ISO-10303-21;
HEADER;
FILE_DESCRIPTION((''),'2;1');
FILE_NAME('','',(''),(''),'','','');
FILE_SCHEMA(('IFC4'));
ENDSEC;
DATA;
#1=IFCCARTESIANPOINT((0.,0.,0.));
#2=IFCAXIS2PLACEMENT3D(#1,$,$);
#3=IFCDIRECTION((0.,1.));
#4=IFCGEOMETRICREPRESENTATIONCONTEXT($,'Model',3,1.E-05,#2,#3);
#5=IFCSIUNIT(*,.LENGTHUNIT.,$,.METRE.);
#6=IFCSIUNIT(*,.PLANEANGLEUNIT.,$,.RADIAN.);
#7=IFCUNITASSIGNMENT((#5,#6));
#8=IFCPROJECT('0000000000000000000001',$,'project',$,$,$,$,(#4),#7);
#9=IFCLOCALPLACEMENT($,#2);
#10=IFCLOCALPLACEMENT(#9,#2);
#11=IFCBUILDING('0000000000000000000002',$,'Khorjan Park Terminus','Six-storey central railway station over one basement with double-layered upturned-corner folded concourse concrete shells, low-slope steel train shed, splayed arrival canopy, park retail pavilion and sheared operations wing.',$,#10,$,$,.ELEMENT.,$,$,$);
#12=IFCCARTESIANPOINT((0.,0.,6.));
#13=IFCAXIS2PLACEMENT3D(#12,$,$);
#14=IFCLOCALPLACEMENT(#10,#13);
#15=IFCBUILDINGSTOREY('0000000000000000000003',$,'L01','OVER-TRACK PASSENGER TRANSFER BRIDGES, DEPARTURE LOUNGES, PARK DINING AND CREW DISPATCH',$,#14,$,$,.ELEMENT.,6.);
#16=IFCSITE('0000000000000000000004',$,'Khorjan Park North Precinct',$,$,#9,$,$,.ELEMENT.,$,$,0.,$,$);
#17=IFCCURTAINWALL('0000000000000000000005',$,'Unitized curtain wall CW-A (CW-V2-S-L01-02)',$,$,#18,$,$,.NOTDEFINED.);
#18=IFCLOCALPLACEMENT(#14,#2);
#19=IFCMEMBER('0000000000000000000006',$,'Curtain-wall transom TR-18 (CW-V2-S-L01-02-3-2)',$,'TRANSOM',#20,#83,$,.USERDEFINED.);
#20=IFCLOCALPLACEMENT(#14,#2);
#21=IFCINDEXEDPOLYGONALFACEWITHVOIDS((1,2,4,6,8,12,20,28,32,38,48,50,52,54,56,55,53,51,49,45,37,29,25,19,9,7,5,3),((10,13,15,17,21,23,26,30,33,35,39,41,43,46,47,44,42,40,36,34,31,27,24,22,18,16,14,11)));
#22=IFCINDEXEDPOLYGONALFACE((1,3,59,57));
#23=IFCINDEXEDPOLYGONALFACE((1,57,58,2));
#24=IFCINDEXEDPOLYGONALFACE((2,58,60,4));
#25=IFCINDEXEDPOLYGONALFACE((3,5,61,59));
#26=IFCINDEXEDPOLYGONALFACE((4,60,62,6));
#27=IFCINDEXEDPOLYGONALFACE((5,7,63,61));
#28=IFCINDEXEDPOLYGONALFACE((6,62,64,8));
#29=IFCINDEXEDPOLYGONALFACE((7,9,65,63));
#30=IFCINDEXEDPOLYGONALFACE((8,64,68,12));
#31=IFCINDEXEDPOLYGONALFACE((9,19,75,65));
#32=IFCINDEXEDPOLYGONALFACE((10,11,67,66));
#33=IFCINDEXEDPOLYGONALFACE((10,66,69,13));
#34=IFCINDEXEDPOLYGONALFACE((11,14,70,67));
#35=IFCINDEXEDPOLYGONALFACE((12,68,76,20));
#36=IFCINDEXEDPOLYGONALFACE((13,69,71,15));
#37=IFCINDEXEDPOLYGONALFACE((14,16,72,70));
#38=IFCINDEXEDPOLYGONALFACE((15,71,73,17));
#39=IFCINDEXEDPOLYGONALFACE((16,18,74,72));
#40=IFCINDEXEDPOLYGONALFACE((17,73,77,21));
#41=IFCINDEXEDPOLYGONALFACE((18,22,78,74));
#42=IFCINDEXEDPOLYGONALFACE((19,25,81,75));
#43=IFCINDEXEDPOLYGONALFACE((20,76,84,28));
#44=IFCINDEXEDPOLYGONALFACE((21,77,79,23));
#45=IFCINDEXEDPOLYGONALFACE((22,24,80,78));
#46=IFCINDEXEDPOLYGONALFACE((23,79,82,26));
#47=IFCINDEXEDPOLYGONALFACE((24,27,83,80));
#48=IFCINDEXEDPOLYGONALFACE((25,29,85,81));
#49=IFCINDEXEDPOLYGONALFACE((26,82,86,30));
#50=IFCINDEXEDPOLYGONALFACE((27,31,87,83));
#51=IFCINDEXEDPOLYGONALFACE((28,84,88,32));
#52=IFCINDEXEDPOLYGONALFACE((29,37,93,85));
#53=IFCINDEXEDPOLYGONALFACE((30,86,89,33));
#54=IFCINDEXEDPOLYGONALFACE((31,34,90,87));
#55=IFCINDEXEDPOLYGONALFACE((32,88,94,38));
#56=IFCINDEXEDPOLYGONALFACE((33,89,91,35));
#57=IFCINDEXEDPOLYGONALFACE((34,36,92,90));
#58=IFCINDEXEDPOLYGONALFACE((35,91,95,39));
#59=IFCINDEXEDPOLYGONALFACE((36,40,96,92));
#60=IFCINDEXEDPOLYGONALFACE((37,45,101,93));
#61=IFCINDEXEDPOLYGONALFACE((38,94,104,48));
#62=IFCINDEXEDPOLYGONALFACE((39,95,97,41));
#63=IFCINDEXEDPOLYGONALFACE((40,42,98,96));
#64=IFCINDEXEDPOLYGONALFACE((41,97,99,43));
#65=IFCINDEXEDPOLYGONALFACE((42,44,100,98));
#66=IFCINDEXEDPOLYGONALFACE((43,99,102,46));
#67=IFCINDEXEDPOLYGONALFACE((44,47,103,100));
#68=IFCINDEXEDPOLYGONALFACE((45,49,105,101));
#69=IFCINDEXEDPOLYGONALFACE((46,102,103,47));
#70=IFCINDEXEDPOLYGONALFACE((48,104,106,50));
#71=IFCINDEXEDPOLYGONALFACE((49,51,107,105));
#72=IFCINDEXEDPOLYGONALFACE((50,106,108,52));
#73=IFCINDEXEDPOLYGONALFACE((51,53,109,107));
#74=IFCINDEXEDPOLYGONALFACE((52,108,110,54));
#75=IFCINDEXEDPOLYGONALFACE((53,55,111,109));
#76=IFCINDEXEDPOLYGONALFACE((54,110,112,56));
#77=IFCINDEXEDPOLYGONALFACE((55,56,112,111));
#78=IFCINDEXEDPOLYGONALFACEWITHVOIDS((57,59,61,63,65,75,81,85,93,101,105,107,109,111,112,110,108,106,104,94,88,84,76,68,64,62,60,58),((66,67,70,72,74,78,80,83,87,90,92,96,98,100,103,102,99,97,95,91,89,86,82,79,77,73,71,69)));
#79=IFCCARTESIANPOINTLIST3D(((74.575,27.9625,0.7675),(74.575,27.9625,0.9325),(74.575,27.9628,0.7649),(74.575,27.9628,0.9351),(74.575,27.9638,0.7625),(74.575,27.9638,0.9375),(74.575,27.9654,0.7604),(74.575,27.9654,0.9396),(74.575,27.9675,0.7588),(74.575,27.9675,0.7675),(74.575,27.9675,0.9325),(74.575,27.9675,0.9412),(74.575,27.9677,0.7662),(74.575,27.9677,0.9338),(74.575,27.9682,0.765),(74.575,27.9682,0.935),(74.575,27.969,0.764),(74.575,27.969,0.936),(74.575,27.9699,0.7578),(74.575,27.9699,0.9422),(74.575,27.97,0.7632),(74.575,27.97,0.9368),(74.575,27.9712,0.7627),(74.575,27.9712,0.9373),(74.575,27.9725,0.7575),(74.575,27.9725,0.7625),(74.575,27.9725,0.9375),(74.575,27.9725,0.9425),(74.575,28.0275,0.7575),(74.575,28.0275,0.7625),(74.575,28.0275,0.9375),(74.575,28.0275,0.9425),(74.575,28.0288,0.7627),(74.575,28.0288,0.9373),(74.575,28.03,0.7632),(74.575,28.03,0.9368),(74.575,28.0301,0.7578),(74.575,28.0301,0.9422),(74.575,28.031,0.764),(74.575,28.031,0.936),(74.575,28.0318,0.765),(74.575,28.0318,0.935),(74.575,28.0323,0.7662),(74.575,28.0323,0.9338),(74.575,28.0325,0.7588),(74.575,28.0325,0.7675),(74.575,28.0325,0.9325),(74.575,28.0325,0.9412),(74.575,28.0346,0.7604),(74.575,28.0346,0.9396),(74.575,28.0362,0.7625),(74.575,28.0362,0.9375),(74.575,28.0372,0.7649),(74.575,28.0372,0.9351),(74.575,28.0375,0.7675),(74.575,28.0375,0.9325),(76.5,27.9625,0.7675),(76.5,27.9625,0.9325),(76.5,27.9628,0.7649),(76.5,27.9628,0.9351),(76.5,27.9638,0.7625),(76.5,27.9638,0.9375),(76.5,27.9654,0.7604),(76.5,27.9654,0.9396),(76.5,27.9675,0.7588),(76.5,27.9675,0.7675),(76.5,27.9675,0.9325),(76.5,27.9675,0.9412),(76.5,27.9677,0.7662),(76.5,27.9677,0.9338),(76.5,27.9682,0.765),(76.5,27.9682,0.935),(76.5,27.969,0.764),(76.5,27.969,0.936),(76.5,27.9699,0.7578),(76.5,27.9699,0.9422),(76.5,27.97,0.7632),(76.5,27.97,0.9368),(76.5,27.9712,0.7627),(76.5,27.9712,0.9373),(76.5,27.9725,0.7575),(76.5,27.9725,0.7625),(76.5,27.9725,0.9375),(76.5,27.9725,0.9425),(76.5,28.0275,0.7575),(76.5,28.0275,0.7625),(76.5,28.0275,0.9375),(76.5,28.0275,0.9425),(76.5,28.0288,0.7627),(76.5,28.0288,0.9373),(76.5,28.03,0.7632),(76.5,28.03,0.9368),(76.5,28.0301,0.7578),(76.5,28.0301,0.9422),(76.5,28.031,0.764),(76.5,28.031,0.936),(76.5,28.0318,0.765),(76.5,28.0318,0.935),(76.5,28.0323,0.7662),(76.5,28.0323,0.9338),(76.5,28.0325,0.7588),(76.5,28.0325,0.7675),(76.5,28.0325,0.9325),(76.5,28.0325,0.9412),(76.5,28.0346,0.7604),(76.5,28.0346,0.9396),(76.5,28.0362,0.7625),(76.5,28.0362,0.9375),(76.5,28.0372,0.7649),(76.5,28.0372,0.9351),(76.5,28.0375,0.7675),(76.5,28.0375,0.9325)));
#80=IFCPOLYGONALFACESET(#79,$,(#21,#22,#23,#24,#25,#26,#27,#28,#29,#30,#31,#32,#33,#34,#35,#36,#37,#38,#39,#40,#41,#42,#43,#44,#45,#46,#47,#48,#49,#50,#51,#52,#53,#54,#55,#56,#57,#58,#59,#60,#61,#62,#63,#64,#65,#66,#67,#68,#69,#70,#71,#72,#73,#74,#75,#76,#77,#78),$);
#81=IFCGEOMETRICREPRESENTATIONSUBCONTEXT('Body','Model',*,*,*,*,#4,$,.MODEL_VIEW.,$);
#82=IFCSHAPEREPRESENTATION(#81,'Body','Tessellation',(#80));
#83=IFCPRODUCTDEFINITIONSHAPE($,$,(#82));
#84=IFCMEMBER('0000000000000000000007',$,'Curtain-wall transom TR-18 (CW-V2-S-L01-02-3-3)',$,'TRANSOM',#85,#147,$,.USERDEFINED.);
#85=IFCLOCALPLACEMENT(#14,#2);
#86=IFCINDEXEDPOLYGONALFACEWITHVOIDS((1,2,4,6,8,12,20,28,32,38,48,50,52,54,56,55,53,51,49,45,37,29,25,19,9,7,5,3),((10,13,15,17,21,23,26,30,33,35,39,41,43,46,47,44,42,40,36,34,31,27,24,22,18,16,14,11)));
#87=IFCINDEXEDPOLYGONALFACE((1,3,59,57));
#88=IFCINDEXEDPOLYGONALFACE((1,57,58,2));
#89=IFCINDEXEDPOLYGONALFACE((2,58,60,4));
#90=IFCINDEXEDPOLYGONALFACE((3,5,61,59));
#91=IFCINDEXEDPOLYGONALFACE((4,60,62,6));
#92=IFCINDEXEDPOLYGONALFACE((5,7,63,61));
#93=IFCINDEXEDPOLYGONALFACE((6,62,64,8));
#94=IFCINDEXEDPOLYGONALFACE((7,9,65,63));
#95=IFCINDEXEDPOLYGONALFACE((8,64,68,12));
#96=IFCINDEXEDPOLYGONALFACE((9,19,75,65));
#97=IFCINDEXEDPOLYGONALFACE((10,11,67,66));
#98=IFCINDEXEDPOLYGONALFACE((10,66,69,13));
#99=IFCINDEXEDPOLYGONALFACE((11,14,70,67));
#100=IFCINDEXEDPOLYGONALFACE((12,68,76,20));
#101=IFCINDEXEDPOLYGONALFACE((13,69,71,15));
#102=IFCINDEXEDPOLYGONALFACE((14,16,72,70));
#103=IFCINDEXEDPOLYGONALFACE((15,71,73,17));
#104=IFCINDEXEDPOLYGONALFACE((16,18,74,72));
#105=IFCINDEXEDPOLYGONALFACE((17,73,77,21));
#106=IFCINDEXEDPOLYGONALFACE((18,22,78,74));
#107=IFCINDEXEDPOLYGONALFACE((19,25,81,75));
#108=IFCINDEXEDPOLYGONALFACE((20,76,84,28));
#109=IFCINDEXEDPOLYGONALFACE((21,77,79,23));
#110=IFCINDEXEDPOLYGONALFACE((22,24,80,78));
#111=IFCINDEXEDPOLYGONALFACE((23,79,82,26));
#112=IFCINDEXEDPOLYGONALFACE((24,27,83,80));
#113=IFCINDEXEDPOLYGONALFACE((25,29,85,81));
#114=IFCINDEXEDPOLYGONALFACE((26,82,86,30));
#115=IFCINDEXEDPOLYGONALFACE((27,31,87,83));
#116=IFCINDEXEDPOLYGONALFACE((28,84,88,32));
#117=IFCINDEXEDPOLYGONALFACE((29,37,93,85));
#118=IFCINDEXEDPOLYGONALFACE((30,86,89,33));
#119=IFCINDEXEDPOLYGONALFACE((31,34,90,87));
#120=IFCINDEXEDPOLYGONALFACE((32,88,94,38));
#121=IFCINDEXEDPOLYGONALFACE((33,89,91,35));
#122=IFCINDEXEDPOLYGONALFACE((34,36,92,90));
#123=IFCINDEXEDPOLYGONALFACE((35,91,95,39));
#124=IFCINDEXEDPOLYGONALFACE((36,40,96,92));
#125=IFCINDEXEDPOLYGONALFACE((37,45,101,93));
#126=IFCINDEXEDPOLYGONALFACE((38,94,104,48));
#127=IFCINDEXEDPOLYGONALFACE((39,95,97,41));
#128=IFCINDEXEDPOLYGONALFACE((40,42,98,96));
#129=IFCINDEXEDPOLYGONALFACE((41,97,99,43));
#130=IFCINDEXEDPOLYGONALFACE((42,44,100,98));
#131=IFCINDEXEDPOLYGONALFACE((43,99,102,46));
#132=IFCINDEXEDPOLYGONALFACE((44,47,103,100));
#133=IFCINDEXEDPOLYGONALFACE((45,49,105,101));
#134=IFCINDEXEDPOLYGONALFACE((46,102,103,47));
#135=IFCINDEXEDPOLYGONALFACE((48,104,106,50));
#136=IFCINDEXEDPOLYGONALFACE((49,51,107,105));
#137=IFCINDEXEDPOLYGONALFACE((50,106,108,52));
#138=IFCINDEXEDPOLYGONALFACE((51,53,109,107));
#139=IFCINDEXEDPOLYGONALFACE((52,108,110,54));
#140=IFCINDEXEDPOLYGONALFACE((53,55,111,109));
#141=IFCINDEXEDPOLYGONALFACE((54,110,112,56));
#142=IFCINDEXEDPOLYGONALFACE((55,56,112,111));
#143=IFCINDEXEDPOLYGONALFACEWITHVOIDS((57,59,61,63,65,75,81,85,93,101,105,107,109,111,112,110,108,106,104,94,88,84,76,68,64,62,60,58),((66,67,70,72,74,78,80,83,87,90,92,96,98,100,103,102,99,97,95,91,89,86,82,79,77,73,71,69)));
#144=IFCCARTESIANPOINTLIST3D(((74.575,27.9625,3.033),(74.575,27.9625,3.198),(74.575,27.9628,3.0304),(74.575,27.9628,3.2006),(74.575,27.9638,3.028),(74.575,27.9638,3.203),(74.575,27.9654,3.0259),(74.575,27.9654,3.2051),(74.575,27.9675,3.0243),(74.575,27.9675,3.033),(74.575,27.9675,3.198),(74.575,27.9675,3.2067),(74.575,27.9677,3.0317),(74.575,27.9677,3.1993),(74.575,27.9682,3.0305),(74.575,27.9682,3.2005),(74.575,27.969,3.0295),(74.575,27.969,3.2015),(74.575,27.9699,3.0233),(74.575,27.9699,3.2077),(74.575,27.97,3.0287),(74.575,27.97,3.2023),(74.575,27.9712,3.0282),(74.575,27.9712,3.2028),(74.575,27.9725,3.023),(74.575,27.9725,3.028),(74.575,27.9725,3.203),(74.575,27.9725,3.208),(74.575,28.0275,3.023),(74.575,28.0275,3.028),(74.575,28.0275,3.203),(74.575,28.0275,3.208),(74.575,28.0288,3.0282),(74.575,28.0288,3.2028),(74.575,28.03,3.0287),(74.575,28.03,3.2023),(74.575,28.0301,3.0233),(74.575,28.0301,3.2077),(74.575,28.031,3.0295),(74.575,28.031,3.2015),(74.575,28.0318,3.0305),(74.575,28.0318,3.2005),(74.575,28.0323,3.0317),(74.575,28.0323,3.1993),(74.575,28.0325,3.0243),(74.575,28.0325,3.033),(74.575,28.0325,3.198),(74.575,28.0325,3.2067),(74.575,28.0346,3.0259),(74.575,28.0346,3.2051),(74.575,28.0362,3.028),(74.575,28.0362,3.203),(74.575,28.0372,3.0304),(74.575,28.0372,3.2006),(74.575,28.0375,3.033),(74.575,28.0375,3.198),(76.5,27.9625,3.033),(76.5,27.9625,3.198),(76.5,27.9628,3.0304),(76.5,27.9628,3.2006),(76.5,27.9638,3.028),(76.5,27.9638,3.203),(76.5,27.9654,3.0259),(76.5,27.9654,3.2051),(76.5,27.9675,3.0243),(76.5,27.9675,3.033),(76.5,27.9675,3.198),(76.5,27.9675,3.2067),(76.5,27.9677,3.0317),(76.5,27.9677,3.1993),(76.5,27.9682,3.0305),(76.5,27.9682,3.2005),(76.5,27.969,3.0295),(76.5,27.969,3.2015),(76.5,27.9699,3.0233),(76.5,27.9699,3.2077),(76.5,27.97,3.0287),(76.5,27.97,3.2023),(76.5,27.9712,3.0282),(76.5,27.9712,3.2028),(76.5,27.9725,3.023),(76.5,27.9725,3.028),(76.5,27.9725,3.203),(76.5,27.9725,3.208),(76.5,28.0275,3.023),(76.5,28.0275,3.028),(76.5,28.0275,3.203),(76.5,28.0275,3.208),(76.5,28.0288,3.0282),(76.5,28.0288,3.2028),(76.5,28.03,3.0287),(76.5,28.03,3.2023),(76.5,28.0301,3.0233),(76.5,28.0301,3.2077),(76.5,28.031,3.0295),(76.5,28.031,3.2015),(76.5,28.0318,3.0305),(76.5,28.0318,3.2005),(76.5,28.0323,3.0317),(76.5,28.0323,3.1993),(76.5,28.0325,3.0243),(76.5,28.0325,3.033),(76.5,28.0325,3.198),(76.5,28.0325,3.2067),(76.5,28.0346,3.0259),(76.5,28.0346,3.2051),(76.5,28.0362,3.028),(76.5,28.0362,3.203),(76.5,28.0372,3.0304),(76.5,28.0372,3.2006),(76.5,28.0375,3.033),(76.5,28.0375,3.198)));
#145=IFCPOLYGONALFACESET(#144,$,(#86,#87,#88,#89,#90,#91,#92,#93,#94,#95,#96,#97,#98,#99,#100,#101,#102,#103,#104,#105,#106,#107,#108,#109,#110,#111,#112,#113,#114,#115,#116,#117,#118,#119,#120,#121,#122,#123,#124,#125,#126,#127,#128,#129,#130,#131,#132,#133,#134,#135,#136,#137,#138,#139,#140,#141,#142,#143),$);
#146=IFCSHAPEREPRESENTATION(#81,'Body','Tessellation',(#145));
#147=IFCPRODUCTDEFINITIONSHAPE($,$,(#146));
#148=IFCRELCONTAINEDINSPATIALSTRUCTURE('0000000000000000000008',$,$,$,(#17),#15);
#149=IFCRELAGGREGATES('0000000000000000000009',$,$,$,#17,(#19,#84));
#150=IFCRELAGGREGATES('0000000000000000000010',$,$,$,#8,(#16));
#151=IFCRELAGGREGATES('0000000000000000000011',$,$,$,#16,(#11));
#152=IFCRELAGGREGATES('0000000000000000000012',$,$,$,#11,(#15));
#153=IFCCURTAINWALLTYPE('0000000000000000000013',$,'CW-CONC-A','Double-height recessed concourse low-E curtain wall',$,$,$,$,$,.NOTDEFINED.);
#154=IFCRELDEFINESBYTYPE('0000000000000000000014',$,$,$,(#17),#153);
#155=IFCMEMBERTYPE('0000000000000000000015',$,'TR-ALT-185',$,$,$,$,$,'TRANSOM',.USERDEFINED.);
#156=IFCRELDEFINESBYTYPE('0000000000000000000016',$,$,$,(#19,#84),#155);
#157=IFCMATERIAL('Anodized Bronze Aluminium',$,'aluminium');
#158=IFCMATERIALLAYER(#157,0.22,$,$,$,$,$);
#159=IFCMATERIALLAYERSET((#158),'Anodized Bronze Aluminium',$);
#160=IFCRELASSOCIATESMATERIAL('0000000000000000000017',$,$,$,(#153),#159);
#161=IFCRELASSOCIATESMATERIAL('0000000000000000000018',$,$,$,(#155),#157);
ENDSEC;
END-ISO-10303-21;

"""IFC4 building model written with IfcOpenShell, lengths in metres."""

from ifc_helpers import new_model, si_unit, direction, frame, origin, origin_2d, place, context, subcontext, project, spatial, hollow_rectangle, extrude, material, layer, layer_set, material_profile, profile_set, type_object, element, aggregate, save


model = new_model("IFC4")

# Units and contexts
model_context = context("Model", 3, precision=1e-05, world=origin(), true_north=direction((0.0, 1.0)))
body_context = subcontext(model_context, "Body", "Model", "MODEL_VIEW")
ifc_project = project(units=[si_unit("LENGTHUNIT", "METRE"), si_unit("PLANEANGLEUNIT", "RADIAN")], contexts=[model_context])

# Site, building, storey
site_placement = place(None, origin())
site = spatial("IfcSite", under=ifc_project, at=site_placement, Name="Khorjan Park North Precinct", CompositionType="ELEMENT", RefElevation=0.0)
building_placement = place(site_placement, origin())
building = spatial("IfcBuilding", under=site, at=building_placement, Name="Khorjan Park Terminus", Description="Six-storey central railway station over one basement with double-layered upturned-corner folded concourse concrete shells, low-slope steel train shed, splayed arrival canopy, park retail pavilion and sheared operations wing.", CompositionType="ELEMENT")
storey_placement = place(building_placement, frame((0.0, 0.0, 6.0)))
storey = spatial("IfcBuildingStorey", under=building, at=storey_placement, Name="L01", Description="OVER-TRACK PASSENGER TRANSFER BRIDGES, DEPARTURE LOUNGES, PARK DINING AND CREW DISPATCH", CompositionType="ELEMENT", Elevation=6.0)

# Curtain wall
ifc_material_1 = material(Name="Anodized Bronze Aluminium", Category="aluminium")
ifc_layer_1 = layer(ifc_material_1, 0.22)
ifc_layer_set_1 = layer_set([ifc_layer_1], Name="Anodized Bronze Aluminium")
curtain_wall_type = type_object("IfcCurtainWallType", Name="CW-CONC-A", Description="Double-height recessed concourse low-E curtain wall", PredefinedType="NOTDEFINED", material=ifc_layer_set_1)
curtain_wall_1_placement = place(storey_placement, origin())
curtain_wall_1 = element("IfcCurtainWall", 1, at=curtain_wall_1_placement, inside=storey, type_object=curtain_wall_type, Name="Unitized curtain wall CW-A (CW-V2-S-L01-02)", PredefinedType="NOTDEFINED")

# Members
ifc_material_profile_1 = material_profile(ifc_material_1, hollow_rectangle(XDim=0.075, YDim=0.185, WallThickness=0.005, InnerFilletRadius=0.005, OuterFilletRadius=0.01, at=origin_2d()), Name="ALT 75x185x5")
ifc_profile_set_1 = profile_set([ifc_material_profile_1], Name="Anodized Bronze Aluminium")
member_type_1 = type_object("IfcMemberType", Name="TR-ALT-185", ElementType="TRANSOM", PredefinedType="USERDEFINED", material=ifc_profile_set_1)
member_1_placement = place(storey_placement, frame((74.575, 28.0, 0.85), z_axis=(1.0, 0.0, 0.0), x_axis=(0.0, 1.0, 0.0)))
member_1 = element("IfcMember", 2, at=member_1_placement, type_object=member_type_1, Name="Curtain-wall transom TR-18 (CW-V2-S-L01-02-3-2)", ObjectType="TRANSOM", PredefinedType="USERDEFINED", context=body_context, shape_type="SweptSolid", body=[
    extrude(hollow_rectangle(XDim=0.075, YDim=0.185, WallThickness=0.005, InnerFilletRadius=0.005, OuterFilletRadius=0.01, at=origin_2d()), origin(), (0.0, 0.0, 1.0), 1.925),
])
member_2_placement = place(storey_placement, frame((74.575, 28.0, 3.1155), z_axis=(1.0, 0.0, 0.0), x_axis=(0.0, 1.0, 0.0)))
member_2 = element("IfcMember", 3, at=member_2_placement, type_object=member_type_1, Name="Curtain-wall transom TR-18 (CW-V2-S-L01-02-3-3)", ObjectType="TRANSOM", PredefinedType="USERDEFINED", context=body_context, shape_type="SweptSolid", body=[
    extrude(hollow_rectangle(XDim=0.075, YDim=0.185, WallThickness=0.005, InnerFilletRadius=0.005, OuterFilletRadius=0.01, at=origin_2d()), origin(), (0.0, 0.0, 1.0), 1.925),
])

aggregate(curtain_wall_1, [member_1, member_2])

save(model, "model.ifc")
